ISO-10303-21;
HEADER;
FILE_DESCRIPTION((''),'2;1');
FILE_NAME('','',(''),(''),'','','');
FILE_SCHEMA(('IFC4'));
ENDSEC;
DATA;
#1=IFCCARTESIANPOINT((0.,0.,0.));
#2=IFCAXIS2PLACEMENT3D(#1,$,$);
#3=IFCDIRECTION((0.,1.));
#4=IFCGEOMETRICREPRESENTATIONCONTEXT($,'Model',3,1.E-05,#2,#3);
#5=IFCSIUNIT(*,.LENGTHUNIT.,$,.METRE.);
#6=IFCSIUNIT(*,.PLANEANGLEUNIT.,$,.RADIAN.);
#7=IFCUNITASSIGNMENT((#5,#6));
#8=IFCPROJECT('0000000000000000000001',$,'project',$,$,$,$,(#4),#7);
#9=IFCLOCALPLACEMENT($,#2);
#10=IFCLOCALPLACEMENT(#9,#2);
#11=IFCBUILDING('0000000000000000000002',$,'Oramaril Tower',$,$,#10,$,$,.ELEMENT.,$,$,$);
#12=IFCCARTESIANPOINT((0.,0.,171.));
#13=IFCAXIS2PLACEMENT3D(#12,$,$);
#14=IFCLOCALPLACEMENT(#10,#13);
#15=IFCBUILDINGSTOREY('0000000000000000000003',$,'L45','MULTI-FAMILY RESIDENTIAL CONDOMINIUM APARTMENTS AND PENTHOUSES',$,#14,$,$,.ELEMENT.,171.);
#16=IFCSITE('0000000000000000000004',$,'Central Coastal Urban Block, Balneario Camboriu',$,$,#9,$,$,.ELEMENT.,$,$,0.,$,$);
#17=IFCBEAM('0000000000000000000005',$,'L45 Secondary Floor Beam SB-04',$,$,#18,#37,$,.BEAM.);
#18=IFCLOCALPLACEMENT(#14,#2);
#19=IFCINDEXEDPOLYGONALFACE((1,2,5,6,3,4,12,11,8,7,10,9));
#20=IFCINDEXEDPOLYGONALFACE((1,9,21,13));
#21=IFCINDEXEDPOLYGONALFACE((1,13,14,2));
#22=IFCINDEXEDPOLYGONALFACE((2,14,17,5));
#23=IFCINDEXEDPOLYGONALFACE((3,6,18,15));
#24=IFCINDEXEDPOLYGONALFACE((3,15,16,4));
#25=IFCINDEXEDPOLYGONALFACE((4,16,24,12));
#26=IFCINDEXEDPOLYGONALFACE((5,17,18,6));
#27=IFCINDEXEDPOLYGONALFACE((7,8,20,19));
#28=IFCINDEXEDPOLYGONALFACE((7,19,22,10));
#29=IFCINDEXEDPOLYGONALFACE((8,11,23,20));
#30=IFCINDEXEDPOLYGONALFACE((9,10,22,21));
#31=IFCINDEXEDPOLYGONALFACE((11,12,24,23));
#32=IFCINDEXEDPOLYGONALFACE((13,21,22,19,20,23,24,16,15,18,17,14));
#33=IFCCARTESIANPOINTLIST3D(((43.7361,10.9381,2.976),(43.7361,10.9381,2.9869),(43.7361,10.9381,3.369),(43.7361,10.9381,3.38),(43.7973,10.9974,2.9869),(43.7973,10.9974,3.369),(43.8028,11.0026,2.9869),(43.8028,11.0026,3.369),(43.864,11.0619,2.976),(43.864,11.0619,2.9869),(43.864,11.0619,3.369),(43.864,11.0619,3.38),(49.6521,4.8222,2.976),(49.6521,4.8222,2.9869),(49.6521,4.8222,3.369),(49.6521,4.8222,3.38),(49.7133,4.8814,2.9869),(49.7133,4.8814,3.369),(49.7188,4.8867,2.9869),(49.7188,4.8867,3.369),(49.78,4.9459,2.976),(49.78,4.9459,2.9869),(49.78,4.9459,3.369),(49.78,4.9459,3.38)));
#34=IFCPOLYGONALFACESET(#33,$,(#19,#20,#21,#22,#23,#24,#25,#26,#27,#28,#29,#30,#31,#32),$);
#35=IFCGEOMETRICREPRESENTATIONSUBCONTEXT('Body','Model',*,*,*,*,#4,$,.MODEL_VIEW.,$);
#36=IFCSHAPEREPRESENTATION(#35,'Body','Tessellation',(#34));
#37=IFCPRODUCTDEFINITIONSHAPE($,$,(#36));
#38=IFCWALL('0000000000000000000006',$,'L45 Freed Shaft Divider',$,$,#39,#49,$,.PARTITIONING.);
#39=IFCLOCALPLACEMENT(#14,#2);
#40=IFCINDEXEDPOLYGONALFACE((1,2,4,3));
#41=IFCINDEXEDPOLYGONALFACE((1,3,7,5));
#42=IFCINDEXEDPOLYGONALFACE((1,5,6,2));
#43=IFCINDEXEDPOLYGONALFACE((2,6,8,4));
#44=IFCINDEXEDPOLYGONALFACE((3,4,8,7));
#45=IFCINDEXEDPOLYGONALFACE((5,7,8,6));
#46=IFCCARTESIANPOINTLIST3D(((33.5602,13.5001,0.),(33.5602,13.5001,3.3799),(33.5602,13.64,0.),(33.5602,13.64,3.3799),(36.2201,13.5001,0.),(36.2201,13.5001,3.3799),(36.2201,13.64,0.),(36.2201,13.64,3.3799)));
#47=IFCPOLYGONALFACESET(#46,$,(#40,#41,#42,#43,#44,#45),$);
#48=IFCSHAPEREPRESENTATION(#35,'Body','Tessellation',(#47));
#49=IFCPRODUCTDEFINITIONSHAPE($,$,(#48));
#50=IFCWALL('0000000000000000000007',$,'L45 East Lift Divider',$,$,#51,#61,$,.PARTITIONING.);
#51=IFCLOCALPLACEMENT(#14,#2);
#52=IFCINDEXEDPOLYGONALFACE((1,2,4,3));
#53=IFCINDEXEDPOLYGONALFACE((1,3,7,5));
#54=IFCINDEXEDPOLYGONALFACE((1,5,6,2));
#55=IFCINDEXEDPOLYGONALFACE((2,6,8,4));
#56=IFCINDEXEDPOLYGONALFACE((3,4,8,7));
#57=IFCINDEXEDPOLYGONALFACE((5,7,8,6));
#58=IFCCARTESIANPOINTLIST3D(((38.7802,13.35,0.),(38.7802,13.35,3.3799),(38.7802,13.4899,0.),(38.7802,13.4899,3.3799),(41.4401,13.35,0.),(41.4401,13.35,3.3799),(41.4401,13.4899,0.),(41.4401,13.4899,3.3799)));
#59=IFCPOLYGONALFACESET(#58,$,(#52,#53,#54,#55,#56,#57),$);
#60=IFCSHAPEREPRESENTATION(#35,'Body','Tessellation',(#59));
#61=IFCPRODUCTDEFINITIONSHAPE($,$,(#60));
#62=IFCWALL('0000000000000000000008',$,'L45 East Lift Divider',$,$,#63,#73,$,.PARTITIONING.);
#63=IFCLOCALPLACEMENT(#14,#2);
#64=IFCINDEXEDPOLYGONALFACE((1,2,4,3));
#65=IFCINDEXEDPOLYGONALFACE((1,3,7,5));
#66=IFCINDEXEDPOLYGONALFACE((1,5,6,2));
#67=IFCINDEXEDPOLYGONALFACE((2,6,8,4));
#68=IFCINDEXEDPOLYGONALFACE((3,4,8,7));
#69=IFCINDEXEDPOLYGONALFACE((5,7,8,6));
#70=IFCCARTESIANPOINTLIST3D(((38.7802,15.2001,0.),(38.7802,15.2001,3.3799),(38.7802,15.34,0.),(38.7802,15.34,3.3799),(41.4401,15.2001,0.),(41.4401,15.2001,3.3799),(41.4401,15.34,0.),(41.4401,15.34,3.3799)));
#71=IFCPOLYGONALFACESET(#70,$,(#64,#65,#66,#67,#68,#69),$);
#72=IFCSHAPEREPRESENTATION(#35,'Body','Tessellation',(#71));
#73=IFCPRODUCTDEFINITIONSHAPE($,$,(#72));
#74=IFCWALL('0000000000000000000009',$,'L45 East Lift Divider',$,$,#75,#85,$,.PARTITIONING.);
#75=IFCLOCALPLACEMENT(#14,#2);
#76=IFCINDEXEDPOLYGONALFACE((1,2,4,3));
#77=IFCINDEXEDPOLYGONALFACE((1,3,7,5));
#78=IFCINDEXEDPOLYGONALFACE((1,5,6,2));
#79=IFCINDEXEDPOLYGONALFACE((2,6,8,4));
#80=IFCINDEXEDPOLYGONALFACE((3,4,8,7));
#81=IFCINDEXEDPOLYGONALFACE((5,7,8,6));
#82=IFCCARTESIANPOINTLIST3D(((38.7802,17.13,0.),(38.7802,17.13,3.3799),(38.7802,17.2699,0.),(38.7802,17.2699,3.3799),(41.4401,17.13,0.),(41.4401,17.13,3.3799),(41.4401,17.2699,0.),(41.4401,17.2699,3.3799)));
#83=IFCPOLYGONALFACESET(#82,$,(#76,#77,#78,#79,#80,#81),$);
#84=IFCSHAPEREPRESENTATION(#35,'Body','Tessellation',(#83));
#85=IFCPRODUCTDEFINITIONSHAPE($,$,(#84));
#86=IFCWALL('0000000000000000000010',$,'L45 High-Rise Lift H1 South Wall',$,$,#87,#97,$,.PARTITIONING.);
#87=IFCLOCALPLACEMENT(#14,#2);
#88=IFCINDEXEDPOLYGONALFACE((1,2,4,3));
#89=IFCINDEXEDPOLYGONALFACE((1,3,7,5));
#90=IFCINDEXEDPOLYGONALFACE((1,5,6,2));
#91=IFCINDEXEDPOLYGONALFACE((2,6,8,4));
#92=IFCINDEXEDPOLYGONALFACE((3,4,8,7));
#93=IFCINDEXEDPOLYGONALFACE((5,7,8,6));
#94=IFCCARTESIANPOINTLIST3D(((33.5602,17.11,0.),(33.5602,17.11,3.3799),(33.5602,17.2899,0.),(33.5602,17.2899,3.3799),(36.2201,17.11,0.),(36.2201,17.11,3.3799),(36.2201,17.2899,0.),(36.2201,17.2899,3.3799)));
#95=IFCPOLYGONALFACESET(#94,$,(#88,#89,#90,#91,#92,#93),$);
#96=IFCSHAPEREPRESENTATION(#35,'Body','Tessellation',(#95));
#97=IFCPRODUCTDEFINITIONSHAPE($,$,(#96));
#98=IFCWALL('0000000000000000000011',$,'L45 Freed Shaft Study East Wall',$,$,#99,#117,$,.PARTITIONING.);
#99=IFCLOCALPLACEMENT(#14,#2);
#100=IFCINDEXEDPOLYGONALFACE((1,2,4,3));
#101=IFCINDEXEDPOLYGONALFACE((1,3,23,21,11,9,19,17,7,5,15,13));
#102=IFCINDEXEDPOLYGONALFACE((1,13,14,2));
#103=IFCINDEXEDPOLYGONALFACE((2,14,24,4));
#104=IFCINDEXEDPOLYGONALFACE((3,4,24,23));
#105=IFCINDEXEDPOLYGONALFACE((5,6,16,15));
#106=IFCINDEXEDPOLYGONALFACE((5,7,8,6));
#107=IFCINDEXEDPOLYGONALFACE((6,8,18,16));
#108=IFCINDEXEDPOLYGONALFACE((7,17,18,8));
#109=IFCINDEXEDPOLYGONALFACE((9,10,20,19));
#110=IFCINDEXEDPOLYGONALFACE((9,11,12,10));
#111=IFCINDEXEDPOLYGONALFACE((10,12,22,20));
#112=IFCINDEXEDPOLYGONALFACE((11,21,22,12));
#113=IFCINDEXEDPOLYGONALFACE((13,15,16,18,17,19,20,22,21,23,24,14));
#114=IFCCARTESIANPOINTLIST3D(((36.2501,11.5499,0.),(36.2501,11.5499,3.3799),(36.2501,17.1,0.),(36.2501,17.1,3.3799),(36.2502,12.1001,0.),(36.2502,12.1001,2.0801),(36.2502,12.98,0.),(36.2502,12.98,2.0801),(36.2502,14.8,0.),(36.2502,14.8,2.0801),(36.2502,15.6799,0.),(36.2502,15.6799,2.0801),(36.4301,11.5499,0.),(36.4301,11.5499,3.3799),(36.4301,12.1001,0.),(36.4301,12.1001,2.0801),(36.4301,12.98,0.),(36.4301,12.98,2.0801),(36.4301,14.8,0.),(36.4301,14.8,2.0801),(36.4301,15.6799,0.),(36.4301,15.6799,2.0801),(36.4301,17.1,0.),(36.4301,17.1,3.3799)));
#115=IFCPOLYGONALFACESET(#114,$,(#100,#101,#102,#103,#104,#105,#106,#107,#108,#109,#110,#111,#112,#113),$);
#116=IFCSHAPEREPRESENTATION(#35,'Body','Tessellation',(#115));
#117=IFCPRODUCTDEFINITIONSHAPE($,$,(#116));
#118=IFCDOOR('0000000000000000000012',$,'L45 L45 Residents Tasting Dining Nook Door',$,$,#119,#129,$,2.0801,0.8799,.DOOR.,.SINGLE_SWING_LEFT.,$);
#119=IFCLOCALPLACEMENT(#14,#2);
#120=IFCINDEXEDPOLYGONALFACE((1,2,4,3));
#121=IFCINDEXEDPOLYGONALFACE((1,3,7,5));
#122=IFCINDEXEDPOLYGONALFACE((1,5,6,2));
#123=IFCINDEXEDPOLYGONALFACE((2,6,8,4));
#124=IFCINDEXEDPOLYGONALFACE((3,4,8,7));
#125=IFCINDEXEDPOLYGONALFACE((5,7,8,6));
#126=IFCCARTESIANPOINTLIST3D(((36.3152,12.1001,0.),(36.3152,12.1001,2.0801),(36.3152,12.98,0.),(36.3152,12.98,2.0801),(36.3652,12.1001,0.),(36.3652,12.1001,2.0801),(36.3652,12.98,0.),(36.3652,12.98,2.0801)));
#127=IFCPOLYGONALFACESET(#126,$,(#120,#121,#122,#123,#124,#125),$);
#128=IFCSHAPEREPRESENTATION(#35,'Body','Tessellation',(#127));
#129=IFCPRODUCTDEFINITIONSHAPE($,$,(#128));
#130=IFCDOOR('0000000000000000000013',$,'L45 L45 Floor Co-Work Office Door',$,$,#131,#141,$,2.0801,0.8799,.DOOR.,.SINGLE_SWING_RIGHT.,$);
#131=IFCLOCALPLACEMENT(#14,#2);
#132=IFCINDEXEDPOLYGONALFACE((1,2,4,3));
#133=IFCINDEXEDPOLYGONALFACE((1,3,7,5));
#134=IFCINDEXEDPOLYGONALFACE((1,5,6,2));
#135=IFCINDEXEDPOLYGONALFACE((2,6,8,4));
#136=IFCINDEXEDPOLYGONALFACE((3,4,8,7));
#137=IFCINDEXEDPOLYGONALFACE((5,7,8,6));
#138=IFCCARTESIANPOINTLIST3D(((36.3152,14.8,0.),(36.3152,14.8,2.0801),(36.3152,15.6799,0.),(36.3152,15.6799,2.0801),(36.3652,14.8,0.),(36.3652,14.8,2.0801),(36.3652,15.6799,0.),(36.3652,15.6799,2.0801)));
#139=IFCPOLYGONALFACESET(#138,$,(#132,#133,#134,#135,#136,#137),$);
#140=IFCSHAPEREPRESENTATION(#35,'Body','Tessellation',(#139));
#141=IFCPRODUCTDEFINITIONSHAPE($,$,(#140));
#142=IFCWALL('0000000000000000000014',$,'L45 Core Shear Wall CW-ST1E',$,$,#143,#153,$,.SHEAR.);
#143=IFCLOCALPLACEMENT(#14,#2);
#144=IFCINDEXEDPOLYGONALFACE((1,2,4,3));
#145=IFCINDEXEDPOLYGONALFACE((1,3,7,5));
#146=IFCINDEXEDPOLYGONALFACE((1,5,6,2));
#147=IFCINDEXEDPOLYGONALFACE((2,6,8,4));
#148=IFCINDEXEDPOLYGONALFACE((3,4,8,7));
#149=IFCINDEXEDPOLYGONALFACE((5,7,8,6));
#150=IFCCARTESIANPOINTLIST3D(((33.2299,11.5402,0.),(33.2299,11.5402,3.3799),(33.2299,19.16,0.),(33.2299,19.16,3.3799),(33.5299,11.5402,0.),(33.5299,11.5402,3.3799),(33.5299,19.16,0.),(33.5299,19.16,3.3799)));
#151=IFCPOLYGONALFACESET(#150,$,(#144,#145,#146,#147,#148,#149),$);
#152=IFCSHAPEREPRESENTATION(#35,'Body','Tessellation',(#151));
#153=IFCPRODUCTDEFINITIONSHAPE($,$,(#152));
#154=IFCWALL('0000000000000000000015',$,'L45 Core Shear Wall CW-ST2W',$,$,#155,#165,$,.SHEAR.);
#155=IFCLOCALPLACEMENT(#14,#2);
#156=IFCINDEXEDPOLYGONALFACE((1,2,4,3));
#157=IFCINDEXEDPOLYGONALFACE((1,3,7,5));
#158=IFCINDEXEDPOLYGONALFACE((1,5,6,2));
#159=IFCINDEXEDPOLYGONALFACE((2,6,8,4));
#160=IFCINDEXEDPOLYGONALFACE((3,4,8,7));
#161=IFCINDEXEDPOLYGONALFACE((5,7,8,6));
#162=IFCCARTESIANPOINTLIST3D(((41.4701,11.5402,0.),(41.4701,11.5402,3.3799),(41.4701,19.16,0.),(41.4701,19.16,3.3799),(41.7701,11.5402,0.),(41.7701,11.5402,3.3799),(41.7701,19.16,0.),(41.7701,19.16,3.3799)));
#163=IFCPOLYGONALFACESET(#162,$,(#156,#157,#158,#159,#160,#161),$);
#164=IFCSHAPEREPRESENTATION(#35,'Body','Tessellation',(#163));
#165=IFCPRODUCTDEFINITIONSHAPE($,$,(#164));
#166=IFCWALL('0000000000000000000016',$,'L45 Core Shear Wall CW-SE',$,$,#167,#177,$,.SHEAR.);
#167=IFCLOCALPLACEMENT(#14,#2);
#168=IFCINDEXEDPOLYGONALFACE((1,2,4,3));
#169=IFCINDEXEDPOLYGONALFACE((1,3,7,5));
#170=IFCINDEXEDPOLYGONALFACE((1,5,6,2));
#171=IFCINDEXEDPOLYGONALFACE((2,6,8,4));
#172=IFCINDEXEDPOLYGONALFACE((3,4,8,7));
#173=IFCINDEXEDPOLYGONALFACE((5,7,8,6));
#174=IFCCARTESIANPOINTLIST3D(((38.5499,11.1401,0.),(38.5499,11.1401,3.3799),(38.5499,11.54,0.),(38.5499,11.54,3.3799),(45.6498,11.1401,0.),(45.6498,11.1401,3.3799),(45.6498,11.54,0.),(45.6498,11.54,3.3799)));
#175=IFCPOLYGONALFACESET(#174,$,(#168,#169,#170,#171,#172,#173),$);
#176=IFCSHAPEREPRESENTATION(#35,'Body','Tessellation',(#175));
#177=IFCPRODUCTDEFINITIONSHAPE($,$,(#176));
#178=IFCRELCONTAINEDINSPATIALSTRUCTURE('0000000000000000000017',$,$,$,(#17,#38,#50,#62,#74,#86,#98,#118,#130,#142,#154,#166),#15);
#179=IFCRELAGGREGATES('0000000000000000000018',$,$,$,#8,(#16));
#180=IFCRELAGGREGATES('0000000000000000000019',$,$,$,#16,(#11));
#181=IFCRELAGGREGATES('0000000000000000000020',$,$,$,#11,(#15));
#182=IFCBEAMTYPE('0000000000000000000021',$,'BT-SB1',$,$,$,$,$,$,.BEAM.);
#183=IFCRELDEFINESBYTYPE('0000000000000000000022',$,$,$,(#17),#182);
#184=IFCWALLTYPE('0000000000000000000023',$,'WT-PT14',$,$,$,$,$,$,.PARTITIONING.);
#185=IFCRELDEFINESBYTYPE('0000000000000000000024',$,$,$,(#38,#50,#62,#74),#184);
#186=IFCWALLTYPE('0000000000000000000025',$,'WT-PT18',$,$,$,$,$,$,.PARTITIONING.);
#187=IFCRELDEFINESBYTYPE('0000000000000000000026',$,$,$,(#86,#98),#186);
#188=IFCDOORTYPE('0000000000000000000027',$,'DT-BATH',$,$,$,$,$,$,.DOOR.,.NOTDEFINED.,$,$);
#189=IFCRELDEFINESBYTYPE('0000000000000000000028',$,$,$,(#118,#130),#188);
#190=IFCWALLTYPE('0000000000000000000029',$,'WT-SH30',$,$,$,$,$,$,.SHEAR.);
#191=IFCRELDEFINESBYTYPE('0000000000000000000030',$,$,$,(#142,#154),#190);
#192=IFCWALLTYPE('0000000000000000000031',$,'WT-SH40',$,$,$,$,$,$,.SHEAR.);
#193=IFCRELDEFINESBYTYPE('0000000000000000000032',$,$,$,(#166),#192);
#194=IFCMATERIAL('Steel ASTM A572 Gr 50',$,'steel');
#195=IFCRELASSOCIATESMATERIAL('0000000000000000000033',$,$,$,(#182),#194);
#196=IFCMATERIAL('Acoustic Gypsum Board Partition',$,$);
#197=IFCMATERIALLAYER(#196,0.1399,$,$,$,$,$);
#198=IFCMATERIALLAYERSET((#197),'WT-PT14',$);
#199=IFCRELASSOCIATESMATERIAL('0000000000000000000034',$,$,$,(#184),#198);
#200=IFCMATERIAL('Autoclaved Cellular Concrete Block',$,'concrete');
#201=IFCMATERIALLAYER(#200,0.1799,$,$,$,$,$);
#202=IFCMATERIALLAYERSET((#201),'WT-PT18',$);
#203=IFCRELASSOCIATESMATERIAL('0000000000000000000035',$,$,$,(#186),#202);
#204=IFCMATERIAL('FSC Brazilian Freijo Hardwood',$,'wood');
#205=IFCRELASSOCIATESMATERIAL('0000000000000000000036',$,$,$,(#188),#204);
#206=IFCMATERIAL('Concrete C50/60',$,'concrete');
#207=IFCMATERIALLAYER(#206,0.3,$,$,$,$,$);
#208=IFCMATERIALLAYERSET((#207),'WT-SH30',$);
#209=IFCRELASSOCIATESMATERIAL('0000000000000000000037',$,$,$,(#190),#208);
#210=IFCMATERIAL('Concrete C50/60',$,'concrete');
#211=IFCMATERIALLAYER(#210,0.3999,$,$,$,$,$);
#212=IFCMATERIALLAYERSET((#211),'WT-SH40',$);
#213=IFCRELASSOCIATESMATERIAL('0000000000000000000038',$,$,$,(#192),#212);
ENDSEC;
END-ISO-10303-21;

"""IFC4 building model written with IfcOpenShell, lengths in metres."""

from ifc_helpers import new_model, si_unit, direction, frame, frame_2d, origin, origin_2d, place, context, subcontext, project, spatial, rectangle, i_section, extrude, material, layer, layer_set, material_profile, profile_set, type_object, element, fill, save


model = new_model("IFC4")

# Units and contexts
model_context = context("Model", 3, precision=1e-05, world=origin(), true_north=direction((0.0, 1.0)))
body_context = subcontext(model_context, "Body", "Model", "MODEL_VIEW")
ifc_project = project(units=[si_unit("LENGTHUNIT", "METRE"), si_unit("PLANEANGLEUNIT", "RADIAN")], contexts=[model_context])

# Site, building, storey
site_placement = place(None, origin())
site = spatial("IfcSite", under=ifc_project, at=site_placement, Name="Central Coastal Urban Block, Balneario Camboriu", CompositionType="ELEMENT", RefElevation=0.0)
building_placement = place(site_placement, origin())
building = spatial("IfcBuilding", under=site, at=building_placement, Name="Oramaril Tower", CompositionType="ELEMENT")
storey_placement = place(building_placement, frame((0.0, 0.0, 171.0)))
storey = spatial("IfcBuildingStorey", under=building, at=storey_placement, Name="L45", Description="MULTI-FAMILY RESIDENTIAL CONDOMINIUM APARTMENTS AND PENTHOUSES", CompositionType="ELEMENT", Elevation=171.0)

# Beam
ifc_material_1 = material(Name="Steel ASTM A572 Gr 50", Category="steel")
ifc_material_profile = material_profile(ifc_material_1, i_section(OverallWidth=0.178, OverallDepth=0.4041, WebThickness=0.0076, FlangeThickness=0.011, at=origin_2d()), Name="W16X36")
ifc_profile_set = profile_set([ifc_material_profile], Name="Steel ASTM A572 Gr 50")
beam_type = type_object("IfcBeamType", Name="BT-SB1", PredefinedType="BEAM", material=ifc_profile_set)
beam_placement = place(storey_placement, frame((43.8, 11.0, 3.178), z_axis=(0.69526, -0.718758, 0.0), x_axis=(0.718758, 0.69526, 0.0)))
element("IfcBeam", 1, at=beam_placement, inside=storey, type_object=beam_type, Name="L45 Secondary Floor Beam SB-04", PredefinedType="BEAM", context=body_context, shape_type="SweptSolid", body=[
    extrude(i_section(OverallWidth=0.178, OverallDepth=0.4041, WebThickness=0.0076, FlangeThickness=0.011, at=origin_2d()), origin(), (0.0, 0.0, 1.0), 8.509),
])

# Walls
ifc_material_2 = material(Name="Acoustic Gypsum Board Partition")
ifc_layer_1 = layer(ifc_material_2, 0.1399)
ifc_layer_set_1 = layer_set([ifc_layer_1], Name="WT-PT14")
wall_type_1 = type_object("IfcWallType", Name="WT-PT14", PredefinedType="PARTITIONING", material=ifc_layer_set_1)
for number, where, z_axis, x_axis, name in (
    (2, (33.5601, 13.5701, 0.0), (0.0, 0.0, 1.0), (1.0, 0.0, 0.0), "L45 Freed Shaft Divider"),
    (3, (38.78, 13.4199, 0.0), (0.0, 0.0, 1.0), (1.0, 0.0, 0.0), "L45 East Lift Divider"),
    (4, (38.78, 15.27, 0.0), (0.0, 0.0, 1.0), (1.0, 0.0, 0.0), "L45 East Lift Divider"),
    (5, (38.78, 17.2, 0.0), (0.0, 0.0, 1.0), (1.0, 0.0, 0.0), "L45 East Lift Divider"),
):
    element("IfcWall", number, at=place(storey_placement, frame(where, z_axis=z_axis, x_axis=x_axis)), inside=storey, type_object=wall_type_1, Name=name, PredefinedType="PARTITIONING", context=body_context, shape_type="SweptSolid", body=[
        extrude(rectangle(XDim=2.6599, YDim=0.1399, at=frame_2d((1.3301, 0.0))), origin(), (0.0, 0.0, 1.0), 3.3799),
    ])
ifc_material_3 = material(Name="Autoclaved Cellular Concrete Block", Category="concrete")
ifc_layer_2 = layer(ifc_material_3, 0.1799)
ifc_layer_set_2 = layer_set([ifc_layer_2], Name="WT-PT18")
wall_type_2 = type_object("IfcWallType", Name="WT-PT18", PredefinedType="PARTITIONING", material=ifc_layer_set_2)
wall_1_placement = place(storey_placement, frame((33.5601, 17.2, 0.0), z_axis=(0.0, 0.0, 1.0), x_axis=(1.0, 0.0, 0.0)))
element("IfcWall", 6, at=wall_1_placement, inside=storey, type_object=wall_type_2, Name="L45 High-Rise Lift H1 South Wall", PredefinedType="PARTITIONING", context=body_context, shape_type="SweptSolid", body=[
    extrude(rectangle(XDim=2.6599, YDim=0.1799, at=frame_2d((1.3301, 0.0))), origin(), (0.0, 0.0, 1.0), 3.3799),
])

# Wall, openings, doors
wall_2_placement = place(storey_placement, frame((36.3401, 11.55, 0.0), z_axis=(0.0, 0.0, 1.0), x_axis=(0.0, 1.0, 0.0)))
wall_2 = element("IfcWall", 7, at=wall_2_placement, inside=storey, type_object=wall_type_2, Name="L45 Freed Shaft Study East Wall", PredefinedType="PARTITIONING", context=body_context, shape_type="SweptSolid", body=[
    extrude(rectangle(XDim=5.55, YDim=0.1799, at=frame_2d((2.7749, 0.0))), origin(), (0.0, 0.0, 1.0), 3.3799),
])
opening_1_placement = place(wall_2_placement, frame((0.55, 0.0, 0.0)))
opening_1 = element("IfcOpeningElement", 8, at=opening_1_placement, cuts=wall_2, PredefinedType="OPENING", context=body_context, shape_type="SweptSolid", body=[
    extrude(rectangle(XDim=0.8799, YDim=2.0801, at=frame_2d((0.4399, 1.04))), frame((0.0, 0.0898, 0.0), z_axis=(0.0, -1.0, 0.0), x_axis=(1.0, 0.0, 0.0)), (0.0, 0.0, 1.0), 0.1799),
])
opening_2_placement = place(wall_2_placement, frame((3.25, 0.0, 0.0)))
opening_2 = element("IfcOpeningElement", 9, at=opening_2_placement, cuts=wall_2, PredefinedType="OPENING", context=body_context, shape_type="SweptSolid", body=[
    extrude(rectangle(XDim=0.8799, YDim=2.0801, at=frame_2d((0.4399, 1.04))), frame((0.0, 0.0898, 0.0), z_axis=(0.0, -1.0, 0.0), x_axis=(1.0, 0.0, 0.0)), (0.0, 0.0, 1.0), 0.1799),
])
ifc_material_4 = material(Name="FSC Brazilian Freijo Hardwood", Category="wood")
door_type_1 = type_object("IfcDoorType", Name="DT-BATH", OperationType="NOTDEFINED", PredefinedType="DOOR", material=ifc_material_4)
door_1_placement = place(opening_1_placement, origin())
door_1 = element("IfcDoor", 10, at=door_1_placement, inside=storey, type_object=door_type_1, Name="L45 L45 Residents Tasting Dining Nook Door", OperationType="SINGLE_SWING_LEFT", OverallHeight=2.0801, OverallWidth=0.8799, PredefinedType="DOOR", context=body_context, shape_type="SweptSolid", body=[
    extrude(rectangle(XDim=0.8799, YDim=2.0801, at=frame_2d((0.4399, 1.04))), frame((0.0, 0.0249, 0.0), z_axis=(0.0, -1.0, 0.0), x_axis=(1.0, 0.0, 0.0)), (0.0, 0.0, 1.0), 0.05),
])
fill(opening_1, door_1)
door_2_placement = place(opening_2_placement, origin())
door_2 = element("IfcDoor", 11, at=door_2_placement, inside=storey, type_object=door_type_1, Name="L45 L45 Floor Co-Work Office Door", OperationType="SINGLE_SWING_RIGHT", OverallHeight=2.0801, OverallWidth=0.8799, PredefinedType="DOOR", context=body_context, shape_type="SweptSolid", body=[
    extrude(rectangle(XDim=0.8799, YDim=2.0801, at=frame_2d((0.4399, 1.04))), frame((0.0, 0.0249, 0.0), z_axis=(0.0, -1.0, 0.0), x_axis=(1.0, 0.0, 0.0)), (0.0, 0.0, 1.0), 0.05),
])
fill(opening_2, door_2)

# Walls
ifc_material_5 = material(Name="Concrete C50/60", Category="concrete")
ifc_layer_3 = layer(ifc_material_5, 0.3)
ifc_layer_set_3 = layer_set([ifc_layer_3], Name="WT-SH30")
wall_type_3 = type_object("IfcWallType", Name="WT-SH30", PredefinedType="SHEAR", material=ifc_layer_set_3)
for number, where, z_axis, x_axis, name in (
    (12, (33.3799, 11.54, 0.0), (0.0, 0.0, 1.0), (0.0, 1.0, 0.0), "L45 Core Shear Wall CW-ST1E"),
    (13, (41.6201, 11.54, 0.0), (0.0, 0.0, 1.0), (0.0, 1.0, 0.0), "L45 Core Shear Wall CW-ST2W"),
):
    element("IfcWall", number, at=place(storey_placement, frame(where, z_axis=z_axis, x_axis=x_axis)), inside=storey, type_object=wall_type_3, Name=name, PredefinedType="SHEAR", context=body_context, shape_type="SweptSolid", body=[
        extrude(rectangle(XDim=7.6199, YDim=0.3, at=frame_2d((3.8101, 0.0))), origin(), (0.0, 0.0, 1.0), 3.3799),
    ])
ifc_material_6 = material(Name="Concrete C50/60", Category="concrete")
ifc_layer_4 = layer(ifc_material_6, 0.3999)
ifc_layer_set_4 = layer_set([ifc_layer_4], Name="WT-SH40")
wall_type_4 = type_object("IfcWallType", Name="WT-SH40", PredefinedType="SHEAR", material=ifc_layer_set_4)
wall_3_placement = place(storey_placement, frame((38.55, 11.3401, 0.0), z_axis=(0.0, 0.0, 1.0), x_axis=(1.0, 0.0, 0.0)))
element("IfcWall", 14, at=wall_3_placement, inside=storey, type_object=wall_type_4, Name="L45 Core Shear Wall CW-SE", PredefinedType="SHEAR", context=body_context, shape_type="SweptSolid", body=[
    extrude(rectangle(XDim=7.0999, YDim=0.3999, at=frame_2d((3.5498, 0.0))), origin(), (0.0, 0.0, 1.0), 3.3799),
])

save(model, "model.ifc")
